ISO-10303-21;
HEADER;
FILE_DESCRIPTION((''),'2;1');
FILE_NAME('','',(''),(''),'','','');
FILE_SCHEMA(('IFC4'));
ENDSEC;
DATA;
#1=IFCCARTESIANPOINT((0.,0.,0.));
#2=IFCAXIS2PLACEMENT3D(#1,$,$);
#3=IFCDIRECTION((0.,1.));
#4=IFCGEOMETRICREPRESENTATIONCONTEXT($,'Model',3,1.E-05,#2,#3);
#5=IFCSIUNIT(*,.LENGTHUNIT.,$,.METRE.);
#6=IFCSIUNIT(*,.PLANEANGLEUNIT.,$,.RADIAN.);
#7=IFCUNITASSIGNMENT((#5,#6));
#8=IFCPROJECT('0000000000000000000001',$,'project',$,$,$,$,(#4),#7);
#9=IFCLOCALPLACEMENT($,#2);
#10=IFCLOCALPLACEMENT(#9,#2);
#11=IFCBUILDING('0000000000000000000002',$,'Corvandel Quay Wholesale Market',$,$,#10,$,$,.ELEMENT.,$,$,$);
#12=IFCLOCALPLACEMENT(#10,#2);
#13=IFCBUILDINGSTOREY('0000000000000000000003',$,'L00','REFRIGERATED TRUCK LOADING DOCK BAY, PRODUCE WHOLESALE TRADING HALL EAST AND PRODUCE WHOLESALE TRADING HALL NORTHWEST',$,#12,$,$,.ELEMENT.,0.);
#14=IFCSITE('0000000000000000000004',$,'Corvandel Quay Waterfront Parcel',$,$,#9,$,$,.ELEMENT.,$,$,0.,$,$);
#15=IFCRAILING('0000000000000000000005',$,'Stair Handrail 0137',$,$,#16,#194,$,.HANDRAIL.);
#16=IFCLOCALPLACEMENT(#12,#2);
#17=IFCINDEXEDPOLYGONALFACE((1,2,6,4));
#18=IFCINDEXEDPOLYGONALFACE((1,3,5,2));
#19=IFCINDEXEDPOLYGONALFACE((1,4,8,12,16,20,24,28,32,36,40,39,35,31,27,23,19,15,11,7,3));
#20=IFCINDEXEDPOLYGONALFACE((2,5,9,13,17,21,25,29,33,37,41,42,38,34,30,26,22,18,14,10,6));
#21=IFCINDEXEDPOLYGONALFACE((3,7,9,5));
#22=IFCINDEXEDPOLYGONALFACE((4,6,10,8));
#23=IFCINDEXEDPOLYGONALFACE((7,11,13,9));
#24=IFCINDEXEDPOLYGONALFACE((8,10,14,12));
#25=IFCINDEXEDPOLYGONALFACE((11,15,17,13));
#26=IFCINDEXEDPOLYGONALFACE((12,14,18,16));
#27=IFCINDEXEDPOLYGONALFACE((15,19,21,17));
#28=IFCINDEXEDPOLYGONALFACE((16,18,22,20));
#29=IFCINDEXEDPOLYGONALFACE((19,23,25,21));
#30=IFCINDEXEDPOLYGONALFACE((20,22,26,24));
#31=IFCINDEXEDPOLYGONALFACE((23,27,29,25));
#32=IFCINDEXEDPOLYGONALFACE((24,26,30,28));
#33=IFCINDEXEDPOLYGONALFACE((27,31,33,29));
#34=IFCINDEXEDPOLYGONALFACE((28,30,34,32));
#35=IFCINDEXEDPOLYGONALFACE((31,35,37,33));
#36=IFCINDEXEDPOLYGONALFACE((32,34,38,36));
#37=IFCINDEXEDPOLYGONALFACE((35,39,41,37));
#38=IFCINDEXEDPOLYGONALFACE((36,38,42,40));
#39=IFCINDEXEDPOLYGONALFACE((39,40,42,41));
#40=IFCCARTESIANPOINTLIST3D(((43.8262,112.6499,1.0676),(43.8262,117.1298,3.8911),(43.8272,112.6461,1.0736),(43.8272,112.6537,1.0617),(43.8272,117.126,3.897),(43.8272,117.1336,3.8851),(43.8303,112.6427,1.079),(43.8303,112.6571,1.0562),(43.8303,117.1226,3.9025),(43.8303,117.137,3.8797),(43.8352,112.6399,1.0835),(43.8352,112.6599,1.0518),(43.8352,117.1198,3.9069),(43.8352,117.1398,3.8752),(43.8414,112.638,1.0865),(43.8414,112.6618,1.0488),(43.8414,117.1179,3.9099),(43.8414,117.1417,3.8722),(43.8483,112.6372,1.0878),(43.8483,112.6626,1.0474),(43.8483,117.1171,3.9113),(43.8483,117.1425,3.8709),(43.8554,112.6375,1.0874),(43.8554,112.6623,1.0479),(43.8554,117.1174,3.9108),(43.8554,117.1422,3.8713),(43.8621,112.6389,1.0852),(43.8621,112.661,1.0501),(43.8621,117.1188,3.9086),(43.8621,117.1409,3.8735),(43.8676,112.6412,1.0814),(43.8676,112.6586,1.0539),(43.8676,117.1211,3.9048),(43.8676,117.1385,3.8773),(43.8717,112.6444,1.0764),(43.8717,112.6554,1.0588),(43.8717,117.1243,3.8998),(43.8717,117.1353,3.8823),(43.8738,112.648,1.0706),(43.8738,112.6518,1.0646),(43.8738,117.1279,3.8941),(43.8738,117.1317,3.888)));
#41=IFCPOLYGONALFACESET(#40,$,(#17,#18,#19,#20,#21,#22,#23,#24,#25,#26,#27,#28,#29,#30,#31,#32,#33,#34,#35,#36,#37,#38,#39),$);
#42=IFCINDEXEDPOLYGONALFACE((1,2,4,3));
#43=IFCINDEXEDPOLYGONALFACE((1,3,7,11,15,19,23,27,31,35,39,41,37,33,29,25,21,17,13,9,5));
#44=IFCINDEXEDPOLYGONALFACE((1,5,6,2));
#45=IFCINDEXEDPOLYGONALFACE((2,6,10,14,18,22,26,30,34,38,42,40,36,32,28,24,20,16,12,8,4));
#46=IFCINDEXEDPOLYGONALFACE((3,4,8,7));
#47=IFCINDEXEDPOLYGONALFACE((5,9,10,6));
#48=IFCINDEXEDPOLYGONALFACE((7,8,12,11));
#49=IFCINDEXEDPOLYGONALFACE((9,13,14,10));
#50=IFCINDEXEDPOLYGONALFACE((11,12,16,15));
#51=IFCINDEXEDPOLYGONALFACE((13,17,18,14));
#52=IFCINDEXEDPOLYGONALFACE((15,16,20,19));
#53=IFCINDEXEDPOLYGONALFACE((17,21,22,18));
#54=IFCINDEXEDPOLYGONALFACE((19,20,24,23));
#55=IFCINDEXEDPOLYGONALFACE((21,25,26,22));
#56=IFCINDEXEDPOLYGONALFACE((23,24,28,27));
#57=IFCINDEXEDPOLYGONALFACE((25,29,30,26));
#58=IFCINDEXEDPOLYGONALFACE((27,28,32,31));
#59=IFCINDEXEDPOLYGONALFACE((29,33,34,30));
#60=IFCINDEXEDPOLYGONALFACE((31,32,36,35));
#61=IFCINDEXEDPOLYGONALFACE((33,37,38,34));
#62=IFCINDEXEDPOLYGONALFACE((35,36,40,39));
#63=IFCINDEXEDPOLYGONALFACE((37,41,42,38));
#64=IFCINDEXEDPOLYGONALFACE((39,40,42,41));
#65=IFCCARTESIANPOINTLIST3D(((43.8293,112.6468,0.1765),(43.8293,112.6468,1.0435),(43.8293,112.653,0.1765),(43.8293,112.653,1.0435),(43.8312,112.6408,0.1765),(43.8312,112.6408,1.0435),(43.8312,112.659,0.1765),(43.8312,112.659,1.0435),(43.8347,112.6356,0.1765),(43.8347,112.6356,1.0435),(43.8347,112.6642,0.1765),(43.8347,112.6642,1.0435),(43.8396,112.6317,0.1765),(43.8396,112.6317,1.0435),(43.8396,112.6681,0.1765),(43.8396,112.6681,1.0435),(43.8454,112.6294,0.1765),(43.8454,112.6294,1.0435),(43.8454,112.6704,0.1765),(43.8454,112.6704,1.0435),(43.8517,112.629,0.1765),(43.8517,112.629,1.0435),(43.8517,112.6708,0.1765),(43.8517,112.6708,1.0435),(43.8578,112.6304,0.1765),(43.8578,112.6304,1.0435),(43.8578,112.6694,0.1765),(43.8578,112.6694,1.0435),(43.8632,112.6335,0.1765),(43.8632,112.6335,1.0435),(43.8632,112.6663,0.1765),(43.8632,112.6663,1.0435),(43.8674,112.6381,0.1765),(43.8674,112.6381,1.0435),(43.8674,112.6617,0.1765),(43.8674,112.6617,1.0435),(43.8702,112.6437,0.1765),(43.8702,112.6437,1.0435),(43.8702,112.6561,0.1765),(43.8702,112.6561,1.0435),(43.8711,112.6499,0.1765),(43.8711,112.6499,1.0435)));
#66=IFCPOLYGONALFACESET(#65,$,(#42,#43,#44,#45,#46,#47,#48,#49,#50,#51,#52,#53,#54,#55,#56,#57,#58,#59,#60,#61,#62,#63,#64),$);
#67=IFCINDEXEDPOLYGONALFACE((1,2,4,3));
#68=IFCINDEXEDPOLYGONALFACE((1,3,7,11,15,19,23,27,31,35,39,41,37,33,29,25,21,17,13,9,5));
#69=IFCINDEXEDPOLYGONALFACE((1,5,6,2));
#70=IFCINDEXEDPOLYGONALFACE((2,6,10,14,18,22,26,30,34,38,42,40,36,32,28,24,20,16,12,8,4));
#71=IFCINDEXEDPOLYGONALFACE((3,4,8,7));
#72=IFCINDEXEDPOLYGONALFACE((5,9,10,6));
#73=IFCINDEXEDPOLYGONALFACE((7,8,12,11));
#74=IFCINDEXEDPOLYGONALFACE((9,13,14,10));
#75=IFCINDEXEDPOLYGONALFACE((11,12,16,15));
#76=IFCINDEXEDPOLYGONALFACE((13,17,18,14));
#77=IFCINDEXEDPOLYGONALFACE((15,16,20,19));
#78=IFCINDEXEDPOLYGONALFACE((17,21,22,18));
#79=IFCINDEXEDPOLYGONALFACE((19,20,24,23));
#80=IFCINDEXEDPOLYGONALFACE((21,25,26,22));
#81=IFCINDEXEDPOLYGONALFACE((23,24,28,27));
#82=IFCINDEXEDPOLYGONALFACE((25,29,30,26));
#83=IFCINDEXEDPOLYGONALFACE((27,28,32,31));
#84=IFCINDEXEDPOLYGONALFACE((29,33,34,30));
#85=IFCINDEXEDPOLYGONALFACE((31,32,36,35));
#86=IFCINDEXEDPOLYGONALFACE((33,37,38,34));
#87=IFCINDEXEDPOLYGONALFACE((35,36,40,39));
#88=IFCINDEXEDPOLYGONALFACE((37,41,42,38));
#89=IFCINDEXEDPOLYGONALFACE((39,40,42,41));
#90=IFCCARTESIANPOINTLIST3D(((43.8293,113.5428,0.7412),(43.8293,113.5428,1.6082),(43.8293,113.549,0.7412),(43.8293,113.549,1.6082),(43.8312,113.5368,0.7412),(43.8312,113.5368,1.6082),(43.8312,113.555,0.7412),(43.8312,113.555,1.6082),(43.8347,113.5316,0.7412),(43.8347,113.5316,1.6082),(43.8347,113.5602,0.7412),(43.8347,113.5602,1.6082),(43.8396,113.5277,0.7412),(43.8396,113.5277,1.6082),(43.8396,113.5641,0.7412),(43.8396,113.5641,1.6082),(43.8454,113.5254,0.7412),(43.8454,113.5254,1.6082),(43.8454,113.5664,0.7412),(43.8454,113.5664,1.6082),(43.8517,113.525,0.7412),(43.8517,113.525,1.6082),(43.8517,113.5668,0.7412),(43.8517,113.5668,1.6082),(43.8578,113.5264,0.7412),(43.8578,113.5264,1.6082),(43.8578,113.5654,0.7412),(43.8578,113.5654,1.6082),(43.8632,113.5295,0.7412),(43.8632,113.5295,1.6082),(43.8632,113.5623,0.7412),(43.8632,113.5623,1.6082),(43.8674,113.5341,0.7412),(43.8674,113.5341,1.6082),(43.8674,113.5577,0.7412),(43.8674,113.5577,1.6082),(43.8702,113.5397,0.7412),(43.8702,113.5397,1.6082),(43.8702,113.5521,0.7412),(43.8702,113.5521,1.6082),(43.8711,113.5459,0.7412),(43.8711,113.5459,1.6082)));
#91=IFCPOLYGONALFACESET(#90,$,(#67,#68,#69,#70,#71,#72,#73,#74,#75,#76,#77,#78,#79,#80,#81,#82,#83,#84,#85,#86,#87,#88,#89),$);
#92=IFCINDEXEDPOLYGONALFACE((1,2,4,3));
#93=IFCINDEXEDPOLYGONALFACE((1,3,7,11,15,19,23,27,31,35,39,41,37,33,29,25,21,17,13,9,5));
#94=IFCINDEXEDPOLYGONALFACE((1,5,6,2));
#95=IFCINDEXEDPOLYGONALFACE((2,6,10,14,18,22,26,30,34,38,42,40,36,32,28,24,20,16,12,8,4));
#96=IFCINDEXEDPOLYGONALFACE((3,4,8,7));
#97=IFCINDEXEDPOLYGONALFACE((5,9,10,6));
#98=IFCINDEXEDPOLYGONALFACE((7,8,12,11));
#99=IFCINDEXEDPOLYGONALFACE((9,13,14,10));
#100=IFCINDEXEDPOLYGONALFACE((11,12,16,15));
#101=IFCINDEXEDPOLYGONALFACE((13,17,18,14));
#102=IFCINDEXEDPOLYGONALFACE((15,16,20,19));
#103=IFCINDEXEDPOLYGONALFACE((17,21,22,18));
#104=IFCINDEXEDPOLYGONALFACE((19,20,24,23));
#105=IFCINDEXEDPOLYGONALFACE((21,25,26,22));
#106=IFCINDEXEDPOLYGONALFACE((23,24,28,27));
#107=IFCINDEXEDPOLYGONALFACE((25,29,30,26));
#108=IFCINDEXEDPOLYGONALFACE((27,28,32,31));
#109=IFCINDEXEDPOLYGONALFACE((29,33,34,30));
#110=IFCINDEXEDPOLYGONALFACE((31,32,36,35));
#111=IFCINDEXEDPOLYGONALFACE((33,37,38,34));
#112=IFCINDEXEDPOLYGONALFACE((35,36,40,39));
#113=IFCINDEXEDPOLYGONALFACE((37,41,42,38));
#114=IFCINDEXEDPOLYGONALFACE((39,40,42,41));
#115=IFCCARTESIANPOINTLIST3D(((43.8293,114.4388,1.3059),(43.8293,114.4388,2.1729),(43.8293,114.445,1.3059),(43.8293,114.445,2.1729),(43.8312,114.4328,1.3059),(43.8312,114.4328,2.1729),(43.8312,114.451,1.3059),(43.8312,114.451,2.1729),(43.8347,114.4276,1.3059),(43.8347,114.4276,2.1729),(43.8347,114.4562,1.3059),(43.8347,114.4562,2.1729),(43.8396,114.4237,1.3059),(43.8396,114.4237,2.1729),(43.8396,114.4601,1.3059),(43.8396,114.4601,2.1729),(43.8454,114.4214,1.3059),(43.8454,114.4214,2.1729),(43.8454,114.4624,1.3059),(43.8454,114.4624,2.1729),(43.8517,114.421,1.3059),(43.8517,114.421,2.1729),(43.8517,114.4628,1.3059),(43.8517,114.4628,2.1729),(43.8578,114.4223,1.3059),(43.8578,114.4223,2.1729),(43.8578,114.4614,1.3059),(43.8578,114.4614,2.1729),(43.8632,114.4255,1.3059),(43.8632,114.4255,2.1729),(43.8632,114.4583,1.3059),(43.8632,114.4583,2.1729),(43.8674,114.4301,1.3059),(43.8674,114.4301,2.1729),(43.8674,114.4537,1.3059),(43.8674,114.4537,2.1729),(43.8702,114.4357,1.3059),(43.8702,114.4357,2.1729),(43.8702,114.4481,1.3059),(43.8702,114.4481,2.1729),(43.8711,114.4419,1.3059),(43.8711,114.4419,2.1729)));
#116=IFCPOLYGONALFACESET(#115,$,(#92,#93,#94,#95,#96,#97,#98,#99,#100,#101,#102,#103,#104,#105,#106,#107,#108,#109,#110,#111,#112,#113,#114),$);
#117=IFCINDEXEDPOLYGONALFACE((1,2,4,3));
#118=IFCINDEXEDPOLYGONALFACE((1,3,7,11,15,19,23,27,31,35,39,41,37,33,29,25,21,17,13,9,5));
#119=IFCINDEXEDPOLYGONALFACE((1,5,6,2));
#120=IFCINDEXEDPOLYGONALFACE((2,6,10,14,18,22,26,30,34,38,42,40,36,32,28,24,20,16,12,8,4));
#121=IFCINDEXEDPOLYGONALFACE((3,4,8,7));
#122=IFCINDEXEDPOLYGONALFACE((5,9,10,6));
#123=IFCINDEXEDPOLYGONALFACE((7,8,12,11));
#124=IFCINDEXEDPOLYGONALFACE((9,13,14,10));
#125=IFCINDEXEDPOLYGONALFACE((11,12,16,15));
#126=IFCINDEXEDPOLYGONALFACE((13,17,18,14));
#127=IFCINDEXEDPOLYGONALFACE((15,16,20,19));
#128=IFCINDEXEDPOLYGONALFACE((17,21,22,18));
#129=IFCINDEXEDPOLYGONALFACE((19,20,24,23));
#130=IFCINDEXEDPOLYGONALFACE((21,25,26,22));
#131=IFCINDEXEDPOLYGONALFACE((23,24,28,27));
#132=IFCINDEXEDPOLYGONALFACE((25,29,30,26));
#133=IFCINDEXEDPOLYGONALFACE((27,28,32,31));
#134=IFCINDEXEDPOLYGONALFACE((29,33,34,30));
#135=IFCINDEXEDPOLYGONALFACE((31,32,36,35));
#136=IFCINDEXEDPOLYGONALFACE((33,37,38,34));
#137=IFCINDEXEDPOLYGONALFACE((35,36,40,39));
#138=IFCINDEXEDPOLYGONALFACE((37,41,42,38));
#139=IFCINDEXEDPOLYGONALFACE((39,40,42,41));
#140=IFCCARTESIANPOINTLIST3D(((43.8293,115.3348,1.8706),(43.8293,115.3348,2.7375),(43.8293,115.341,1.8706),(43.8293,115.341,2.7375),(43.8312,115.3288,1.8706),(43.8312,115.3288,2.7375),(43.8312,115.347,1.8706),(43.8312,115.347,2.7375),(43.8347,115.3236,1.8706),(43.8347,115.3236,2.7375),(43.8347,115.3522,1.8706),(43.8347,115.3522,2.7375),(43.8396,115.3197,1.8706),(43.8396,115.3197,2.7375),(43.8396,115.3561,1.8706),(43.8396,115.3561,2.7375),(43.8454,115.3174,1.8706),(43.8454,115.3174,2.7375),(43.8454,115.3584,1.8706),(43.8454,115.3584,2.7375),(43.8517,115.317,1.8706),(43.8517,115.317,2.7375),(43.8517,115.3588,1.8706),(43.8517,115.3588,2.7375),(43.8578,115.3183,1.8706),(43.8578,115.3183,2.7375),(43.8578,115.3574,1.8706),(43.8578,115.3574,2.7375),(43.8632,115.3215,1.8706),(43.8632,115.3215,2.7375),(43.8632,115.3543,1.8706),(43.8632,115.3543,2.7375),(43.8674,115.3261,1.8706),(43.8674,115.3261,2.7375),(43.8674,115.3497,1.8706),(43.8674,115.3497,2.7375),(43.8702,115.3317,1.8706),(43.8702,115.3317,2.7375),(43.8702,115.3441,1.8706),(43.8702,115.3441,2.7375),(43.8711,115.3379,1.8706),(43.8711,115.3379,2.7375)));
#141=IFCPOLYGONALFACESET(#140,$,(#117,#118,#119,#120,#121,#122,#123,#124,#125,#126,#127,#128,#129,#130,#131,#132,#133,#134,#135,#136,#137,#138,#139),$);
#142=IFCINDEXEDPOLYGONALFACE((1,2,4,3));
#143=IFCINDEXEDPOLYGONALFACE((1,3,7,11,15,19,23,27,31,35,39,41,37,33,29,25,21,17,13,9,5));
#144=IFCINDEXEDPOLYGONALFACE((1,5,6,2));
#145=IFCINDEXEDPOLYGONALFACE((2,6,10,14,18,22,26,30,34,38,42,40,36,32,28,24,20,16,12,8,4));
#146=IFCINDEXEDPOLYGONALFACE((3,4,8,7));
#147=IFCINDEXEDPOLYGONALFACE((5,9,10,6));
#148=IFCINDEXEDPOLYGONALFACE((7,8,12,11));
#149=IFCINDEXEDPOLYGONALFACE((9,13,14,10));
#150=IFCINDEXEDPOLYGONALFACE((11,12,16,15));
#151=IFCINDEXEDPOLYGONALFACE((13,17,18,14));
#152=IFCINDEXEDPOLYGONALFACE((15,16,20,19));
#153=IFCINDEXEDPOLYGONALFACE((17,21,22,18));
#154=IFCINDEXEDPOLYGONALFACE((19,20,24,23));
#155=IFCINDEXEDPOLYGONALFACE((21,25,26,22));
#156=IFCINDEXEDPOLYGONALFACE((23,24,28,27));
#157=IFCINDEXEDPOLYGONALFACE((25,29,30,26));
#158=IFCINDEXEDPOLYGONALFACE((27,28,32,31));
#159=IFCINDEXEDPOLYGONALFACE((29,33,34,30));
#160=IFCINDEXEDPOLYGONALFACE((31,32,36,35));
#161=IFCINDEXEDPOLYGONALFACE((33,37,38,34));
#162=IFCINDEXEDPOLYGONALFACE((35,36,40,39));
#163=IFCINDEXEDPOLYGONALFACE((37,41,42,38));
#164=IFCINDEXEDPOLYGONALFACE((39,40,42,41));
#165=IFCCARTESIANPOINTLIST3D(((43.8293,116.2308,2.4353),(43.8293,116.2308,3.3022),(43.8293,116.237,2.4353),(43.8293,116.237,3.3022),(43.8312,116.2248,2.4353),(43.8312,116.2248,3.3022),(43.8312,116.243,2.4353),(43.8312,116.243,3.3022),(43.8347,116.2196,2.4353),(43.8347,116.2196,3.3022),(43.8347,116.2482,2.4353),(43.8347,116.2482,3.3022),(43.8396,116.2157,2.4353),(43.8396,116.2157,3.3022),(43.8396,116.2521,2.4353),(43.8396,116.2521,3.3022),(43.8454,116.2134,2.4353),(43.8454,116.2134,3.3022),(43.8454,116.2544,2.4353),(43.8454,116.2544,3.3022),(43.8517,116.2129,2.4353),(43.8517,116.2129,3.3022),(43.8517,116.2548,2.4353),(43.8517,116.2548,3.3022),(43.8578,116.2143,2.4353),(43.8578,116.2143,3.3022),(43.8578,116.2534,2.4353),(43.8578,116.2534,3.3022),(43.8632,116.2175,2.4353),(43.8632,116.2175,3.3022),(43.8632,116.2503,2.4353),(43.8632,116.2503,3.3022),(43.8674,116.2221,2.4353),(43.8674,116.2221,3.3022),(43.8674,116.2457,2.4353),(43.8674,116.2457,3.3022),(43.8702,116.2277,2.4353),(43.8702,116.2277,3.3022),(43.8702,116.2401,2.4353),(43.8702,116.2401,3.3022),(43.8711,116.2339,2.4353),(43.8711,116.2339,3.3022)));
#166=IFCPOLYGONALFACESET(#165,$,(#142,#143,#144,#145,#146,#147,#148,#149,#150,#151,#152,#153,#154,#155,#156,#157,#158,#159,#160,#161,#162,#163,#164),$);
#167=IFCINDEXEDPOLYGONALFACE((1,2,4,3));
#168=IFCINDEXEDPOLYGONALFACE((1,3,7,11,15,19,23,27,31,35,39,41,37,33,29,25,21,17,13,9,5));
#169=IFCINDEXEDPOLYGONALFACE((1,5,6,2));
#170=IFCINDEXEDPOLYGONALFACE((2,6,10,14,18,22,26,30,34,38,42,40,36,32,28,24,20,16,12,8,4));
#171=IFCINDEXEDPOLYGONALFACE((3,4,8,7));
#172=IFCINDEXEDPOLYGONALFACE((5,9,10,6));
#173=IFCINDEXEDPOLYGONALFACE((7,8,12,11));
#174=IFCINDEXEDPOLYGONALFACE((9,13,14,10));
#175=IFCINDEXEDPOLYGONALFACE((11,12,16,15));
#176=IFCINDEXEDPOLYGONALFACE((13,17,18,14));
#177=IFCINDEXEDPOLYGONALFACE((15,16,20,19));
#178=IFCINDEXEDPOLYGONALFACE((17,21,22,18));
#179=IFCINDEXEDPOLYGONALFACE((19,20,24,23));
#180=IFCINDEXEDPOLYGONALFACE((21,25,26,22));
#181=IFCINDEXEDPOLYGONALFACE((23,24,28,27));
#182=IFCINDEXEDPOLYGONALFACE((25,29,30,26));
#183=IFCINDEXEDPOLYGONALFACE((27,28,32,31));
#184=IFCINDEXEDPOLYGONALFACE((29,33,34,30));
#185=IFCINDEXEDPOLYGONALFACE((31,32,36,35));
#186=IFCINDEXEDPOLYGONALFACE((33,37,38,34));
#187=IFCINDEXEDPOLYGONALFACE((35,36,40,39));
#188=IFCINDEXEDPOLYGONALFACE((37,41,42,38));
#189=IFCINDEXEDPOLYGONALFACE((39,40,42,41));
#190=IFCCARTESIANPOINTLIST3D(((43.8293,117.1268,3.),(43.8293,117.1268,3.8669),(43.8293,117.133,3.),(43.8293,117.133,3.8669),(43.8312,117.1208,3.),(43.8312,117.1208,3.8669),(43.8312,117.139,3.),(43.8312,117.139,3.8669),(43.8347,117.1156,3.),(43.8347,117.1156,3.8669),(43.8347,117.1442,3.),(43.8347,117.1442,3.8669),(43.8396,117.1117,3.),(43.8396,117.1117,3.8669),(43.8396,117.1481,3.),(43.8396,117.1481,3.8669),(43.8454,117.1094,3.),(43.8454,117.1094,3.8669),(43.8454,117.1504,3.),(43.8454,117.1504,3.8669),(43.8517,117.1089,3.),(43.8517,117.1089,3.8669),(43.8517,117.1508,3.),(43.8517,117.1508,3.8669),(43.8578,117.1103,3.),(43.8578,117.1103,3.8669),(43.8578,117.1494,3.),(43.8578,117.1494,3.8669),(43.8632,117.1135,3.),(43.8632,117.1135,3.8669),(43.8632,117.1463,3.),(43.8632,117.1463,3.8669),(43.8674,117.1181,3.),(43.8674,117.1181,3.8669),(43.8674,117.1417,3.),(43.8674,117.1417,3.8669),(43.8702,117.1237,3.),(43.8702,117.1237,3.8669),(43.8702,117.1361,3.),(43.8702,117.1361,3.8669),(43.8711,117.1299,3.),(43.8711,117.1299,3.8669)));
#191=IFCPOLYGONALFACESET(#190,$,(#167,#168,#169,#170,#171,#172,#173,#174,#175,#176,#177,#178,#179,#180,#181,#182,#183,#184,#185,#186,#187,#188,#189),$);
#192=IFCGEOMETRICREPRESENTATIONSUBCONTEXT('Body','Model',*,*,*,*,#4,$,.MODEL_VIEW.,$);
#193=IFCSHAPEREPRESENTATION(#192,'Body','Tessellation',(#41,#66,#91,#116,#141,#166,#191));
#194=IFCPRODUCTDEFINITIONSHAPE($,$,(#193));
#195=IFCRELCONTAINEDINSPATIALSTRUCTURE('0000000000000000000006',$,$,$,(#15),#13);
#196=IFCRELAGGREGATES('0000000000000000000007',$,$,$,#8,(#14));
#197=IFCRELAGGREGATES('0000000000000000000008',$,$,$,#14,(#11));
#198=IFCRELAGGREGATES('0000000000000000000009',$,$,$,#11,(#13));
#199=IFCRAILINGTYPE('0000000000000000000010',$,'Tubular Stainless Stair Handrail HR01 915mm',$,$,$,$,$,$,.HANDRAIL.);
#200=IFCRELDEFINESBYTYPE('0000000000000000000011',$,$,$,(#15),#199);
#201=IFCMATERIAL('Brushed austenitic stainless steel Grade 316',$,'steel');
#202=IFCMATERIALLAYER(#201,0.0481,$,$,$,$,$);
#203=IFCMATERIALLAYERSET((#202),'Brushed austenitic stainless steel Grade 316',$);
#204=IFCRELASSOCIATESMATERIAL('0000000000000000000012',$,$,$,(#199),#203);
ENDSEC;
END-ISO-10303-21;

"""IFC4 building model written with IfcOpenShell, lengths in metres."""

from ifc_helpers import new_model, si_unit, direction, frame, origin, origin_2d, place, context, subcontext, project, spatial, circle, extrude, material, layer, layer_set, type_object, element, save


model = new_model("IFC4")

# Units and contexts
model_context = context("Model", 3, precision=1e-05, world=origin(), true_north=direction((0.0, 1.0)))
body_context = subcontext(model_context, "Body", "Model", "MODEL_VIEW")
ifc_project = project(units=[si_unit("LENGTHUNIT", "METRE"), si_unit("PLANEANGLEUNIT", "RADIAN")], contexts=[model_context])

# Site, building, storey
site_placement = place(None, origin())
site = spatial("IfcSite", under=ifc_project, at=site_placement, Name="Corvandel Quay Waterfront Parcel", CompositionType="ELEMENT", RefElevation=0.0)
building_placement = place(site_placement, origin())
building = spatial("IfcBuilding", under=site, at=building_placement, Name="Corvandel Quay Wholesale Market", CompositionType="ELEMENT")
storey_placement = place(building_placement, origin())
storey = spatial("IfcBuildingStorey", under=building, at=storey_placement, Name="L00", Description="REFRIGERATED TRUCK LOADING DOCK BAY, PRODUCE WHOLESALE TRADING HALL EAST AND PRODUCE WHOLESALE TRADING HALL NORTHWEST", CompositionType="ELEMENT", Elevation=0.0)

# Railing
ifc_material_1 = material(Name="Brushed austenitic stainless steel Grade 316", Category="steel")
ifc_layer_1 = layer(ifc_material_1, 0.0481)
ifc_layer_set_1 = layer_set([ifc_layer_1], Name="Brushed austenitic stainless steel Grade 316")
railing_type_1 = type_object("IfcRailingType", Name="Tubular Stainless Stair Handrail HR01 915mm", PredefinedType="HANDRAIL", material=ifc_layer_set_1)
for number, where, name in (
    (1, (43.8501, 112.6499, 0.1765), "Stair Handrail 0137"),
):
    element("IfcRailing", number, at=place(storey_placement, frame(where)), inside=storey, type_object=railing_type_1, Name=name, PredefinedType="HANDRAIL", context=body_context, shape_type="SweptSolid", body=[
        extrude(circle(Radius=0.0239, at=origin_2d()), frame((0.0, 0.0, 0.8911), z_axis=(0.0, 0.845998, 0.533186), x_axis=(-1.0, 0.0, 0.0)), (0.0, 0.0, 1.0), 5.2954),
        extrude(circle(Radius=0.021, at=origin_2d()), origin(), (0.0, 0.0, 1.0), 0.8669),
        extrude(circle(Radius=0.021, at=origin_2d()), frame((0.0, 0.896, 0.5647)), (0.0, 0.0, 1.0), 0.8669),
        extrude(circle(Radius=0.021, at=origin_2d()), frame((0.0, 1.792, 1.1294)), (0.0, 0.0, 1.0), 0.8669),
        extrude(circle(Radius=0.021, at=origin_2d()), frame((0.0, 2.688, 1.6941)), (0.0, 0.0, 1.0), 0.8669),
        extrude(circle(Radius=0.021, at=origin_2d()), frame((0.0, 3.584, 2.2588)), (0.0, 0.0, 1.0), 0.8669),
        extrude(circle(Radius=0.021, at=origin_2d()), frame((0.0, 4.48, 2.8235)), (0.0, 0.0, 1.0), 0.8669),
    ])

save(model, "model.ifc")
